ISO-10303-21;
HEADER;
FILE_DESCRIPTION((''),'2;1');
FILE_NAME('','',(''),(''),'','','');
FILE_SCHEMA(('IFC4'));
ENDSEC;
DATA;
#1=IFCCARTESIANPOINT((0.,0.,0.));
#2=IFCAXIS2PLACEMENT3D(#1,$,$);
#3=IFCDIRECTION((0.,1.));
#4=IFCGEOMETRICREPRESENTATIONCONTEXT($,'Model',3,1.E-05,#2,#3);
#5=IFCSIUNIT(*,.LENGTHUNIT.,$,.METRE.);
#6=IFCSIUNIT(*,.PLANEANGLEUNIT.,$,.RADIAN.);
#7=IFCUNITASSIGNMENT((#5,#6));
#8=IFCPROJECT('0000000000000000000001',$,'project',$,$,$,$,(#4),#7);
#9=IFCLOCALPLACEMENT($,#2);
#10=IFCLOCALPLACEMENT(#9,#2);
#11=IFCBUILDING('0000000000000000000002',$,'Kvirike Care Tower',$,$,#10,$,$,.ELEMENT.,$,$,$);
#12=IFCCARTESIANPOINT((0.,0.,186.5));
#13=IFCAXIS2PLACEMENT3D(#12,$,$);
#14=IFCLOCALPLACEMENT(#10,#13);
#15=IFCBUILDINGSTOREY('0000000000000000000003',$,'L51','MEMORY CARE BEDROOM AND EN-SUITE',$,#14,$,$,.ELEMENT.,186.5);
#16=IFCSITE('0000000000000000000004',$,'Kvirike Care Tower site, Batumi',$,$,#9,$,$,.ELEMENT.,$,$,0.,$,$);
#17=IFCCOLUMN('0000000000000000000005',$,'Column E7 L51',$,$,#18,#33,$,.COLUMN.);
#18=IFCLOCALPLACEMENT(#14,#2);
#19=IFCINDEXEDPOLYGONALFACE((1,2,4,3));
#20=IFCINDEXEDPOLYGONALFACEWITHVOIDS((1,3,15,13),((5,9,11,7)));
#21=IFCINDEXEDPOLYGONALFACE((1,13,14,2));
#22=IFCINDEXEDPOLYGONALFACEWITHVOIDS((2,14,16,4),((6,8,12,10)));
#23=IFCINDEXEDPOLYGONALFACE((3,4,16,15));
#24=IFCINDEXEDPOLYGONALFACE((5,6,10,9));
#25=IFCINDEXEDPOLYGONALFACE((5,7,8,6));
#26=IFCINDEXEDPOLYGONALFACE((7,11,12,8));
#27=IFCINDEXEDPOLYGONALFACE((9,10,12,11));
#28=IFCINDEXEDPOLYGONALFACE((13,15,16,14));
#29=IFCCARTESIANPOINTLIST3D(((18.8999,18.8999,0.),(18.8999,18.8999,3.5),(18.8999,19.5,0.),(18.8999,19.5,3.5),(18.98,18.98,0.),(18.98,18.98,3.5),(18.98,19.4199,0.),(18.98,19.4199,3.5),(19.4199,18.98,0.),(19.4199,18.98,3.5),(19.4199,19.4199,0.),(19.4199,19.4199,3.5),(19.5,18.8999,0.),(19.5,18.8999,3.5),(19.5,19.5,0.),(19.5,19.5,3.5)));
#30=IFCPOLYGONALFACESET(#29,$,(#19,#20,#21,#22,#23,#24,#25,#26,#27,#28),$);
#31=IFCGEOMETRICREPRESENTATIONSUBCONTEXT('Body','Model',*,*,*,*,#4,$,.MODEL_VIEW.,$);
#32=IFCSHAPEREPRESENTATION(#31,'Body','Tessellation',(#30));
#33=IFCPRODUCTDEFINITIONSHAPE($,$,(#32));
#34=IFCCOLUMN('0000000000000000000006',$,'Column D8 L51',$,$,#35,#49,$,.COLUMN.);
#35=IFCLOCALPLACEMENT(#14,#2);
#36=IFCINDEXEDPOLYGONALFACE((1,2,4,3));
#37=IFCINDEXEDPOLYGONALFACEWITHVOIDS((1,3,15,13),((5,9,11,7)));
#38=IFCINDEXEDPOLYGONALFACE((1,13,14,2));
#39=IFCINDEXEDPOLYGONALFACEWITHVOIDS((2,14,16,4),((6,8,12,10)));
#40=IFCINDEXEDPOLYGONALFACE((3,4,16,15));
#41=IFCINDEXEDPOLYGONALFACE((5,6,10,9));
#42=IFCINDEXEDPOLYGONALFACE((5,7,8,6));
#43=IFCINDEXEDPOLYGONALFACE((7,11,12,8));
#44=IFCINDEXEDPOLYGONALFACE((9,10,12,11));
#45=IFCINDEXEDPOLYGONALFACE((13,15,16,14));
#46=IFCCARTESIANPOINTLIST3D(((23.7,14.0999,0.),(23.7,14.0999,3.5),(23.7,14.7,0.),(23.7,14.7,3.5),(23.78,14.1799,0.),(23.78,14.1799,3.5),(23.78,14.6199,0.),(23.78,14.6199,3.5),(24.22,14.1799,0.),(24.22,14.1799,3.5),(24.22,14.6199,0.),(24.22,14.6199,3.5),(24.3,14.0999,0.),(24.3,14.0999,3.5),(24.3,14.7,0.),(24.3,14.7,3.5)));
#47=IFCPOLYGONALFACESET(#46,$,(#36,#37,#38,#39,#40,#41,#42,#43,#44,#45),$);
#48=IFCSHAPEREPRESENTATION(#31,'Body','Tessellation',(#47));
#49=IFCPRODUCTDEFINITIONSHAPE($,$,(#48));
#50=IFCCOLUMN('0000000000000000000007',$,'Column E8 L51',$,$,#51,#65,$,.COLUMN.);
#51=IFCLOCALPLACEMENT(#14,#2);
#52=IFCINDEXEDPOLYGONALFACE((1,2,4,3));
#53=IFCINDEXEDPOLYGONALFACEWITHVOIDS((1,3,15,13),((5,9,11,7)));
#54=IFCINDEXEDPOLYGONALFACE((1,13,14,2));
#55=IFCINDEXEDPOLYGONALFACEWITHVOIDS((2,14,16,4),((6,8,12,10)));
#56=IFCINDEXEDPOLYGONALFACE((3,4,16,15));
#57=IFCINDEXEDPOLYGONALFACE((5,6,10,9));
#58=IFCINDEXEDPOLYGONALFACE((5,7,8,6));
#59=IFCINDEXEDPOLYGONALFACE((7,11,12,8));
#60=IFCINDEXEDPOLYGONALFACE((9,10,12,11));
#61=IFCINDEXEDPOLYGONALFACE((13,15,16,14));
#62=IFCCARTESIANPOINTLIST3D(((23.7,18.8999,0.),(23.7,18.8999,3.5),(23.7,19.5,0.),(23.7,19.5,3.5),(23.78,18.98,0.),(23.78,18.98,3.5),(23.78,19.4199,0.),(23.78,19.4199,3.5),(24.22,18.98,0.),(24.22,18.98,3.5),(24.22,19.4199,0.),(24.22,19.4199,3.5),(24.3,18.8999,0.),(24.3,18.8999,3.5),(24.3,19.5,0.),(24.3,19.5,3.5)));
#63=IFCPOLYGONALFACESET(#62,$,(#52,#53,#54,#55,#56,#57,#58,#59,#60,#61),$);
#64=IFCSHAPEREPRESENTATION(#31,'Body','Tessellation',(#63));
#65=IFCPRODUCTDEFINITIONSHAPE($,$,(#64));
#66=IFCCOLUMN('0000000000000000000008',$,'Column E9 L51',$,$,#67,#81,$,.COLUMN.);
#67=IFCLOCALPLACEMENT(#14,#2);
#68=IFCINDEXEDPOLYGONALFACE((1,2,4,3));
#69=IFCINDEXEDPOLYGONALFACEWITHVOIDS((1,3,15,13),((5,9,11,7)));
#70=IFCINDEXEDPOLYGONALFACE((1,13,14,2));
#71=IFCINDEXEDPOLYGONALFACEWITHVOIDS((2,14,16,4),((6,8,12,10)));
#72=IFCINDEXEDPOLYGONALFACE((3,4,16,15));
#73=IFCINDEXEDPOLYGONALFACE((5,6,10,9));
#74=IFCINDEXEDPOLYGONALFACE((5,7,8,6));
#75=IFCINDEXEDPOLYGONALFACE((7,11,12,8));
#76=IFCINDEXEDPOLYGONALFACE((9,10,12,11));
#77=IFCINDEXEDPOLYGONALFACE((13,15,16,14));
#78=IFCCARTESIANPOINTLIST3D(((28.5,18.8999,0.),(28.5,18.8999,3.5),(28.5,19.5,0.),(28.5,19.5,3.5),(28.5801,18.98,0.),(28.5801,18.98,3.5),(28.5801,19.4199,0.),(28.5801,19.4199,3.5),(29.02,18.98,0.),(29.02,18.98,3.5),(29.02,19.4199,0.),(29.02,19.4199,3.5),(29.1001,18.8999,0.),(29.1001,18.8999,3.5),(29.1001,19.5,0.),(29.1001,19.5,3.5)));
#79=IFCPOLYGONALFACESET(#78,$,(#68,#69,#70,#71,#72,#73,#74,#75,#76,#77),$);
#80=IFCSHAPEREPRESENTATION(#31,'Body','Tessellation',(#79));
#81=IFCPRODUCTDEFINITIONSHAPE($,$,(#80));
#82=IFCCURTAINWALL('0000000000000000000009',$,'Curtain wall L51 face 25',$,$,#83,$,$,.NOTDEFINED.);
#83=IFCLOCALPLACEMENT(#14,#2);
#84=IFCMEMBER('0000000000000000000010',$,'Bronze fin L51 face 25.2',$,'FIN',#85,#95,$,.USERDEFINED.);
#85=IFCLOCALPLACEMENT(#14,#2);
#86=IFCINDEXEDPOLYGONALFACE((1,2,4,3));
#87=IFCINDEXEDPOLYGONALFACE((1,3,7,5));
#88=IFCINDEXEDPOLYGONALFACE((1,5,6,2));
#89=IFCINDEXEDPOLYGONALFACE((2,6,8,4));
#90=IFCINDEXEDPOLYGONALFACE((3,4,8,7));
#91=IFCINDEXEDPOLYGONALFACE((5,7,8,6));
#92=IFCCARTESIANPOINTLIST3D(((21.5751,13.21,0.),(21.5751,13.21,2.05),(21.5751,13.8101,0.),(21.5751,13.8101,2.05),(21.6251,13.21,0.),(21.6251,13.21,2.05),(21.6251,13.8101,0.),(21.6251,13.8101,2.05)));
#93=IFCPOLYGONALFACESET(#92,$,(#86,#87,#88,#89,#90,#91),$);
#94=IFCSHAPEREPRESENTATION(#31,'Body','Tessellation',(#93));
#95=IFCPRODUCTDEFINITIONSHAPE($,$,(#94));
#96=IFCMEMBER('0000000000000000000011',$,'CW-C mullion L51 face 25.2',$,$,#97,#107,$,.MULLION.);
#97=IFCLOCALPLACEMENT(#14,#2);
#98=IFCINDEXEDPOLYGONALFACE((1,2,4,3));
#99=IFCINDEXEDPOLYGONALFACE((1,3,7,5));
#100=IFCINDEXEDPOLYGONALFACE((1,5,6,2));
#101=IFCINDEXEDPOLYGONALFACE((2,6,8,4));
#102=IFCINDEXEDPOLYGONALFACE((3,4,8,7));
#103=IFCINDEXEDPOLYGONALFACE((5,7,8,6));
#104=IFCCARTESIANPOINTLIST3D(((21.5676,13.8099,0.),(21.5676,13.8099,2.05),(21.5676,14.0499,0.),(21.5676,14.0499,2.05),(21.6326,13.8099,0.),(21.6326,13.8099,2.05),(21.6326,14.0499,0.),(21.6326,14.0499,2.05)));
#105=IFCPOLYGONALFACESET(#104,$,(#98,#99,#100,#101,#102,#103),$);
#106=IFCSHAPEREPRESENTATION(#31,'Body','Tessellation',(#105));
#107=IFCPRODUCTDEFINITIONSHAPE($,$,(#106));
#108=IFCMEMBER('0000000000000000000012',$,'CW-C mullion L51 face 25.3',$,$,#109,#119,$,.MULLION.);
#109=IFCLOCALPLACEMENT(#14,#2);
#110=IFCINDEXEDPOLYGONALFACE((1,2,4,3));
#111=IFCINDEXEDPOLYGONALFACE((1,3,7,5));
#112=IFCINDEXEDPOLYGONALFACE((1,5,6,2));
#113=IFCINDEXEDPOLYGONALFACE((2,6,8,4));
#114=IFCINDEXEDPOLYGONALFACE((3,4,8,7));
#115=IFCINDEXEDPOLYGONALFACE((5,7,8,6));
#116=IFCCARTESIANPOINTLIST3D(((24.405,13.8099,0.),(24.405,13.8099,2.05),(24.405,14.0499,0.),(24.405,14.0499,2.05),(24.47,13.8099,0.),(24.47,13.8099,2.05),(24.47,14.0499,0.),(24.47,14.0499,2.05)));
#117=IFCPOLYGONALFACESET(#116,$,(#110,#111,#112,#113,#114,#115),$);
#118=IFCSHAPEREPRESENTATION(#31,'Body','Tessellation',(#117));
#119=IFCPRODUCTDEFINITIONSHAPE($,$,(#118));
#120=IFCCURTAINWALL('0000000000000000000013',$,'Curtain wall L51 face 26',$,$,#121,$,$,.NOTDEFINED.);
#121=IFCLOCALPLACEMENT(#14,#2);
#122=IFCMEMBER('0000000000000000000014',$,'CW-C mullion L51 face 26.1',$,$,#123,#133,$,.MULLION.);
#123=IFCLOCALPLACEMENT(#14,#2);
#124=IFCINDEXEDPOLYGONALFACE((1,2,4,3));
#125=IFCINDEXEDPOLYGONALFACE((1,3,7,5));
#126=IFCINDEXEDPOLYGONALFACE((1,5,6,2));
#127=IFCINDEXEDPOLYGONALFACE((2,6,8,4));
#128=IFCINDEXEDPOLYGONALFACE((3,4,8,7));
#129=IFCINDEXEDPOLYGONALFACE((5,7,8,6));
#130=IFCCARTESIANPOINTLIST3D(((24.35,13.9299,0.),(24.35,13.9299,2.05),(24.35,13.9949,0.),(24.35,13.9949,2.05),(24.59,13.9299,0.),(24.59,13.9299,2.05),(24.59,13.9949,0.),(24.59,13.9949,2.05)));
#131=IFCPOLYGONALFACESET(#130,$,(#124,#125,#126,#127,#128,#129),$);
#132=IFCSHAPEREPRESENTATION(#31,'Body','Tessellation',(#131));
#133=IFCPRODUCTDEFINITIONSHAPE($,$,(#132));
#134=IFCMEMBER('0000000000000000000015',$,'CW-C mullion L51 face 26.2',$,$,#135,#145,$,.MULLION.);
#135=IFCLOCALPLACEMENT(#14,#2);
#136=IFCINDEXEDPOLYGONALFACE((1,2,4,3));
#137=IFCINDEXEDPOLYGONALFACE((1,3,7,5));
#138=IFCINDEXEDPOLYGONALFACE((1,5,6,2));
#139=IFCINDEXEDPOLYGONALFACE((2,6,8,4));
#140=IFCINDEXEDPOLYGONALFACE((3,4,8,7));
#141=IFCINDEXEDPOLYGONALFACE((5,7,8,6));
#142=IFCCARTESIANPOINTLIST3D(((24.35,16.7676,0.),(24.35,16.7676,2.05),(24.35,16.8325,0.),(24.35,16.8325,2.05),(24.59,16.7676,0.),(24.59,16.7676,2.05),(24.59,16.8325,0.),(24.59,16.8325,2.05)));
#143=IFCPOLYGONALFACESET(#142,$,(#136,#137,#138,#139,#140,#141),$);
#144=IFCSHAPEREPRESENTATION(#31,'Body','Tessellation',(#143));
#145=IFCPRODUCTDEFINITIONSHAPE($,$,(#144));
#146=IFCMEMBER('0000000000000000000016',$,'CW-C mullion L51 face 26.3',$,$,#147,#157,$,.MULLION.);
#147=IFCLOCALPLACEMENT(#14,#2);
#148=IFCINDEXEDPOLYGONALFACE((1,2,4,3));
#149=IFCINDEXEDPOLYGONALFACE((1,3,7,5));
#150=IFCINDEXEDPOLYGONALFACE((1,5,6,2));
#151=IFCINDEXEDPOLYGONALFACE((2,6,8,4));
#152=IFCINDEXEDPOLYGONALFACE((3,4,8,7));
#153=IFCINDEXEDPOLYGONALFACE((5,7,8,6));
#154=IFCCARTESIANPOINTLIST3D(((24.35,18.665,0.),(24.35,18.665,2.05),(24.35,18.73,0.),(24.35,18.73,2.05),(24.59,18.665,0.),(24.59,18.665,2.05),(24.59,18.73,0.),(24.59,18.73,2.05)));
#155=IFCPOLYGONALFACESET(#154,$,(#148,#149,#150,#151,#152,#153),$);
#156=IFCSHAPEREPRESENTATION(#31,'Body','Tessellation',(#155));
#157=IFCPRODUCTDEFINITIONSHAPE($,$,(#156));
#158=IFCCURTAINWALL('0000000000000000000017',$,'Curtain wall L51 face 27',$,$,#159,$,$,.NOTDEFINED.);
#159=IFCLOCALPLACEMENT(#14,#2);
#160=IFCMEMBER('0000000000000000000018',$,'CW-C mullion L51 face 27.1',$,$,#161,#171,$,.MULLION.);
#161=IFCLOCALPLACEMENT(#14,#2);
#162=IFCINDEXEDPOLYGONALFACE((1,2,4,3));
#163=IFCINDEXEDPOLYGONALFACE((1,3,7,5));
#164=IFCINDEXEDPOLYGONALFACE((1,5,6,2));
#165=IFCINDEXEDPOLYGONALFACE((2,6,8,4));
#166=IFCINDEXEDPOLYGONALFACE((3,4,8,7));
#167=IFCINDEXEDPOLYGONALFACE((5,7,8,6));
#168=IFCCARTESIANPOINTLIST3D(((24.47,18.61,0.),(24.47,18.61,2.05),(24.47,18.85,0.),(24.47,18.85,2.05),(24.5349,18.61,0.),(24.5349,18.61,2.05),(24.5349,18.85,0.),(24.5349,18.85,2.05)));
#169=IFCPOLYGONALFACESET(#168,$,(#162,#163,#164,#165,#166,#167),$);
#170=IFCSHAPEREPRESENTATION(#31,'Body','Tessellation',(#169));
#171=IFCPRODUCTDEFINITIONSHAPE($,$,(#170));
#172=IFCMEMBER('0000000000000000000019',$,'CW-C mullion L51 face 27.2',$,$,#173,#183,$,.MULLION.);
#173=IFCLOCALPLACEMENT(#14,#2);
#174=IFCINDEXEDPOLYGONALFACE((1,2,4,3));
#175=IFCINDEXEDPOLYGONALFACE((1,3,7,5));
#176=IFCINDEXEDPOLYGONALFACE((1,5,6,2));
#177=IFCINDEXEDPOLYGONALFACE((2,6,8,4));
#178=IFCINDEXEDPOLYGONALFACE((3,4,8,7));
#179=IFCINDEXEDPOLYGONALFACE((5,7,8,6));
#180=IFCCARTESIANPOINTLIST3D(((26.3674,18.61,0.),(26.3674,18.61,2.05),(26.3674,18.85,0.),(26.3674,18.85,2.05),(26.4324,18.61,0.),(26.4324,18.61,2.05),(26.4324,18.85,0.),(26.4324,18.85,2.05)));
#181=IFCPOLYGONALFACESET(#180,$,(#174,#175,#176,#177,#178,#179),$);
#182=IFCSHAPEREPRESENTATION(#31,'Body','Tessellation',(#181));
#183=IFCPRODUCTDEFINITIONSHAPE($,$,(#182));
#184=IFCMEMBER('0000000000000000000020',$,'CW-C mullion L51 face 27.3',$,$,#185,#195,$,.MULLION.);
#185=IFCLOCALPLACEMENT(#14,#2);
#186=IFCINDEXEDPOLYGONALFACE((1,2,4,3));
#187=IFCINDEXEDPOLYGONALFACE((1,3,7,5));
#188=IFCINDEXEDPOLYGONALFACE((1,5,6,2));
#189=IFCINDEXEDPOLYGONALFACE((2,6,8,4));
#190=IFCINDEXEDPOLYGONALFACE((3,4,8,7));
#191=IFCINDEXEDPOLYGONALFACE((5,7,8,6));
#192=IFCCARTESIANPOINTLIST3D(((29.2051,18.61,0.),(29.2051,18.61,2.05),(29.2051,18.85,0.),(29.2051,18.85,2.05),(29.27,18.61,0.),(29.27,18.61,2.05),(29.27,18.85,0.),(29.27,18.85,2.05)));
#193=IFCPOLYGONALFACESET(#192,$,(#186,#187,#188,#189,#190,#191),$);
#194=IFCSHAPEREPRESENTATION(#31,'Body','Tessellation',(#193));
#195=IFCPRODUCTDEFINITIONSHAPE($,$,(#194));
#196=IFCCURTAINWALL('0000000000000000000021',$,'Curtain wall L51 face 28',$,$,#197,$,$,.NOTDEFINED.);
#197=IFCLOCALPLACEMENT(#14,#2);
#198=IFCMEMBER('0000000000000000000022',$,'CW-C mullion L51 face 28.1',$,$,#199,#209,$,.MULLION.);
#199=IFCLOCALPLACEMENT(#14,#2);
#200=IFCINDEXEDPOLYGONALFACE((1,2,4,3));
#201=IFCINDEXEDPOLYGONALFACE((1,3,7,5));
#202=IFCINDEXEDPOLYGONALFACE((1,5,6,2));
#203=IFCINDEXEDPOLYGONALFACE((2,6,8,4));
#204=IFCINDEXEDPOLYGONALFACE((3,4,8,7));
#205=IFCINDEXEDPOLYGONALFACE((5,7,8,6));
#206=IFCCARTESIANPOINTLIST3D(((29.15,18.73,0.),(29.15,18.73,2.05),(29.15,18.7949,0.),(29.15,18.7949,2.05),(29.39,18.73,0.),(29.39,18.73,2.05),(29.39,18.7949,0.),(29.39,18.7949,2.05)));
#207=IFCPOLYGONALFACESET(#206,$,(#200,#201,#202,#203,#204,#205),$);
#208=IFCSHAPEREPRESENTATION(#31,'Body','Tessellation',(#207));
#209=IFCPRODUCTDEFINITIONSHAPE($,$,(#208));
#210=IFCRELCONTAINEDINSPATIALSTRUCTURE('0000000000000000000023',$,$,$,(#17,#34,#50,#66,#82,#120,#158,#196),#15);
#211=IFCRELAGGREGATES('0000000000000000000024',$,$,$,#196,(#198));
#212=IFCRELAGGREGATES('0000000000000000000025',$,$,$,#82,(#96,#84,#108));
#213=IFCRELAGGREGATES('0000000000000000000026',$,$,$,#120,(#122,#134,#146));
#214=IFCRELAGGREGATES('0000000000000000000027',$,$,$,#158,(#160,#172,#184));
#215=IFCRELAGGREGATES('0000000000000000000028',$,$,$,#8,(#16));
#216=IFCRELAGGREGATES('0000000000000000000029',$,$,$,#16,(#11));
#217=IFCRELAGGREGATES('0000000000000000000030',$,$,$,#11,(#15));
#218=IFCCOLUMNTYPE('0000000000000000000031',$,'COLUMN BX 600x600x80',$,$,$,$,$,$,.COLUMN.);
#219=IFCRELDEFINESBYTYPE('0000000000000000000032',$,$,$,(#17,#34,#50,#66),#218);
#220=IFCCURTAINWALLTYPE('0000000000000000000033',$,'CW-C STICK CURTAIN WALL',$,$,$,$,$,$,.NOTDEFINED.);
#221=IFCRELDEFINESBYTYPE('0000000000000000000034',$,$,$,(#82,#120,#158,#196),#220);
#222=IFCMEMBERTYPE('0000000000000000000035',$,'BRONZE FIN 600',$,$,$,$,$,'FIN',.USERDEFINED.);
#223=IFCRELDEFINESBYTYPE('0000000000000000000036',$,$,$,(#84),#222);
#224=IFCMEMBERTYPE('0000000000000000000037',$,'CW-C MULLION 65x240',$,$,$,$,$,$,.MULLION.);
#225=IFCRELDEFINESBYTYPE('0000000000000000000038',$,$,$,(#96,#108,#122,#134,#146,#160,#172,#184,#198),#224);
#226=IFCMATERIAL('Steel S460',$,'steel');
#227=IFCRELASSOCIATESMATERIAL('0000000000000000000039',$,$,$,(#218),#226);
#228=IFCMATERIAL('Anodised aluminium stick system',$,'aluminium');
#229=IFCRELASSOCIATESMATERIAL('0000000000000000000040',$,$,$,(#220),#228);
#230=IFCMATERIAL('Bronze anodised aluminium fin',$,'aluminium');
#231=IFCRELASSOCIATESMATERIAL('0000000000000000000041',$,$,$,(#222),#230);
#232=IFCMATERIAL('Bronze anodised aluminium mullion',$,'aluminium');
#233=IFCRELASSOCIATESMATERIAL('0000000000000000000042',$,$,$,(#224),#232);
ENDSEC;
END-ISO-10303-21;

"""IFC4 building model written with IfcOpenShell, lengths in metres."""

from ifc_helpers import new_model, si_unit, direction, frame, origin, origin_2d, place, context, subcontext, project, spatial, rectangle, hollow_rectangle, extrude, material, material_profile, profile_set, type_object, element, aggregate, save


model = new_model("IFC4")

# Units and contexts
model_context = context("Model", 3, precision=1e-05, world=origin(), true_north=direction((0.0, 1.0)))
body_context = subcontext(model_context, "Body", "Model", "MODEL_VIEW")
ifc_project = project(units=[si_unit("LENGTHUNIT", "METRE"), si_unit("PLANEANGLEUNIT", "RADIAN")], contexts=[model_context])

# Site, building, storey
site_placement = place(None, origin())
site = spatial("IfcSite", under=ifc_project, at=site_placement, Name="Kvirike Care Tower site, Batumi", CompositionType="ELEMENT", RefElevation=0.0)
building_placement = place(site_placement, origin())
building = spatial("IfcBuilding", under=site, at=building_placement, Name="Kvirike Care Tower", CompositionType="ELEMENT")
storey_placement = place(building_placement, frame((0.0, 0.0, 186.5)))
storey = spatial("IfcBuildingStorey", under=building, at=storey_placement, Name="L51", Description="MEMORY CARE BEDROOM AND EN-SUITE", CompositionType="ELEMENT", Elevation=186.5)

# Columns
ifc_material_1 = material(Name="Steel S460", Category="steel")
ifc_material_profile_1 = material_profile(ifc_material_1, hollow_rectangle(XDim=0.6001, YDim=0.6001, WallThickness=0.0801, at=origin_2d()), Name="BX 600x600x80")
ifc_profile_set_1 = profile_set([ifc_material_profile_1], Name="Steel S460")
column_type = type_object("IfcColumnType", Name="COLUMN BX 600x600x80", PredefinedType="COLUMN", material=ifc_profile_set_1)
for number, where, z_axis, x_axis, name in (
    (1, (19.2, 19.2, 0.0), (0.0, 0.0, 1.0), (0.0, 1.0, 0.0), "Column E7 L51"),
    (2, (24.0, 14.3999, 0.0), (0.0, 0.0, 1.0), (0.0, 1.0, 0.0), "Column D8 L51"),
    (3, (24.0, 19.2, 0.0), (0.0, 0.0, 1.0), (0.0, 1.0, 0.0), "Column E8 L51"),
    (4, (28.8, 19.2, 0.0), (0.0, 0.0, 1.0), (0.0, 1.0, 0.0), "Column E9 L51"),
):
    element("IfcColumn", number, at=place(storey_placement, frame(where, z_axis=z_axis, x_axis=x_axis)), inside=storey, type_object=column_type, Name=name, PredefinedType="COLUMN", context=body_context, shape_type="SweptSolid", body=[
        extrude(hollow_rectangle(XDim=0.6001, YDim=0.6001, WallThickness=0.0801, at=origin_2d()), origin(), (0.0, 0.0, 1.0), 3.5),
    ])

# Curtain walls, members
ifc_material_2 = material(Name="Anodised aluminium stick system", Category="aluminium")
curtain_wall_type = type_object("IfcCurtainWallType", Name="CW-C STICK CURTAIN WALL", PredefinedType="NOTDEFINED", material=ifc_material_2)
curtain_wall_1_placement = place(storey_placement, origin())
curtain_wall_1 = element("IfcCurtainWall", 5, at=curtain_wall_1_placement, inside=storey, type_object=curtain_wall_type, Name="Curtain wall L51 face 25", PredefinedType="NOTDEFINED")
ifc_material_3 = material(Name="Bronze anodised aluminium fin", Category="aluminium")
ifc_material_profile_2 = material_profile(ifc_material_3, rectangle(XDim=0.05, YDim=0.6001, at=origin_2d()), Name="BRONZE FIN 600")
ifc_profile_set_2 = profile_set([ifc_material_profile_2], Name="Bronze anodised aluminium fin")
member_type_1 = type_object("IfcMemberType", Name="BRONZE FIN 600", ElementType="FIN", PredefinedType="USERDEFINED", material=ifc_profile_set_2)
member_1_placement = place(storey_placement, frame((21.6001, 13.51, 0.0), z_axis=(0.0, 0.0, 1.0), x_axis=(1.0, 0.0, 0.0)))
member_1 = element("IfcMember", 6, at=member_1_placement, type_object=member_type_1, Name="Bronze fin L51 face 25.2", ObjectType="FIN", PredefinedType="USERDEFINED", context=body_context, shape_type="SweptSolid", body=[
    extrude(rectangle(XDim=0.05, YDim=0.6001, at=origin_2d()), origin(), (0.0, 0.0, 1.0), 2.05),
])
ifc_material_4 = material(Name="Bronze anodised aluminium mullion", Category="aluminium")
ifc_material_profile_3 = material_profile(ifc_material_4, rectangle(XDim=0.0649, YDim=0.24, at=origin_2d()), Name="CW-C MULLION 65x240")
ifc_profile_set_3 = profile_set([ifc_material_profile_3], Name="Bronze anodised aluminium mullion")
member_type_2 = type_object("IfcMemberType", Name="CW-C MULLION 65x240", PredefinedType="MULLION", material=ifc_profile_set_3)
member_2_placement = place(storey_placement, frame((21.6001, 13.9299, 0.0), z_axis=(0.0, 0.0, 1.0), x_axis=(1.0, 0.0, 0.0)))
member_2 = element("IfcMember", 7, at=member_2_placement, type_object=member_type_2, Name="CW-C mullion L51 face 25.2", PredefinedType="MULLION", context=body_context, shape_type="SweptSolid", body=[
    extrude(rectangle(XDim=0.0649, YDim=0.24, at=origin_2d()), origin(), (0.0, 0.0, 1.0), 2.05),
])
member_3_placement = place(storey_placement, frame((24.4375, 13.9299, 0.0), z_axis=(0.0, 0.0, 1.0), x_axis=(1.0, 0.0, 0.0)))
member_3 = element("IfcMember", 8, at=member_3_placement, type_object=member_type_2, Name="CW-C mullion L51 face 25.3", PredefinedType="MULLION", context=body_context, shape_type="SweptSolid", body=[
    extrude(rectangle(XDim=0.0649, YDim=0.24, at=origin_2d()), origin(), (0.0, 0.0, 1.0), 2.05),
])
curtain_wall_2_placement = place(storey_placement, origin())
curtain_wall_2 = element("IfcCurtainWall", 9, at=curtain_wall_2_placement, inside=storey, type_object=curtain_wall_type, Name="Curtain wall L51 face 26", PredefinedType="NOTDEFINED")
member_4_placement = place(storey_placement, frame((24.47, 13.9624, 0.0), z_axis=(0.0, 0.0, 1.0), x_axis=(0.0, 1.0, 0.0)))
member_4 = element("IfcMember", 10, at=member_4_placement, type_object=member_type_2, Name="CW-C mullion L51 face 26.1", PredefinedType="MULLION", context=body_context, shape_type="SweptSolid", body=[
    extrude(rectangle(XDim=0.0649, YDim=0.24, at=origin_2d()), origin(), (0.0, 0.0, 1.0), 2.05),
])
member_5_placement = place(storey_placement, frame((24.47, 16.8, 0.0), z_axis=(0.0, 0.0, 1.0), x_axis=(0.0, 1.0, 0.0)))
member_5 = element("IfcMember", 11, at=member_5_placement, type_object=member_type_2, Name="CW-C mullion L51 face 26.2", PredefinedType="MULLION", context=body_context, shape_type="SweptSolid", body=[
    extrude(rectangle(XDim=0.0649, YDim=0.24, at=origin_2d()), origin(), (0.0, 0.0, 1.0), 2.05),
])
member_6_placement = place(storey_placement, frame((24.47, 18.6975, 0.0), z_axis=(0.0, 0.0, 1.0), x_axis=(0.0, 1.0, 0.0)))
member_6 = element("IfcMember", 12, at=member_6_placement, type_object=member_type_2, Name="CW-C mullion L51 face 26.3", PredefinedType="MULLION", context=body_context, shape_type="SweptSolid", body=[
    extrude(rectangle(XDim=0.0649, YDim=0.24, at=origin_2d()), origin(), (0.0, 0.0, 1.0), 2.05),
])
curtain_wall_3_placement = place(storey_placement, origin())
curtain_wall_3 = element("IfcCurtainWall", 13, at=curtain_wall_3_placement, inside=storey, type_object=curtain_wall_type, Name="Curtain wall L51 face 27", PredefinedType="NOTDEFINED")
member_7_placement = place(storey_placement, frame((24.5024, 18.73, 0.0), z_axis=(0.0, 0.0, 1.0), x_axis=(1.0, 0.0, 0.0)))
member_7 = element("IfcMember", 14, at=member_7_placement, type_object=member_type_2, Name="CW-C mullion L51 face 27.1", PredefinedType="MULLION", context=body_context, shape_type="SweptSolid", body=[
    extrude(rectangle(XDim=0.0649, YDim=0.24, at=origin_2d()), origin(), (0.0, 0.0, 1.0), 2.05),
])
member_8_placement = place(storey_placement, frame((26.3999, 18.73, 0.0), z_axis=(0.0, 0.0, 1.0), x_axis=(1.0, 0.0, 0.0)))
member_8 = element("IfcMember", 15, at=member_8_placement, type_object=member_type_2, Name="CW-C mullion L51 face 27.2", PredefinedType="MULLION", context=body_context, shape_type="SweptSolid", body=[
    extrude(rectangle(XDim=0.0649, YDim=0.24, at=origin_2d()), origin(), (0.0, 0.0, 1.0), 2.05),
])
member_9_placement = place(storey_placement, frame((29.2375, 18.73, 0.0), z_axis=(0.0, 0.0, 1.0), x_axis=(1.0, 0.0, 0.0)))
member_9 = element("IfcMember", 16, at=member_9_placement, type_object=member_type_2, Name="CW-C mullion L51 face 27.3", PredefinedType="MULLION", context=body_context, shape_type="SweptSolid", body=[
    extrude(rectangle(XDim=0.0649, YDim=0.24, at=origin_2d()), origin(), (0.0, 0.0, 1.0), 2.05),
])

# Curtain wall, member
curtain_wall_4_placement = place(storey_placement, origin())
curtain_wall_4 = element("IfcCurtainWall", 17, at=curtain_wall_4_placement, inside=storey, type_object=curtain_wall_type, Name="Curtain wall L51 face 28", PredefinedType="NOTDEFINED")
member_10_placement = place(storey_placement, frame((29.27, 18.7625, 0.0), z_axis=(0.0, 0.0, 1.0), x_axis=(0.0, 1.0, 0.0)))
member_10 = element("IfcMember", 18, at=member_10_placement, type_object=member_type_2, Name="CW-C mullion L51 face 28.1", PredefinedType="MULLION", context=body_context, shape_type="SweptSolid", body=[
    extrude(rectangle(XDim=0.0649, YDim=0.24, at=origin_2d()), origin(), (0.0, 0.0, 1.0), 2.05),
])

aggregate(curtain_wall_4, [member_10])

aggregate(curtain_wall_1, [member_2, member_1, member_3])
aggregate(curtain_wall_2, [member_4, member_5, member_6])
aggregate(curtain_wall_3, [member_7, member_8, member_9])

save(model, "model.ifc")
